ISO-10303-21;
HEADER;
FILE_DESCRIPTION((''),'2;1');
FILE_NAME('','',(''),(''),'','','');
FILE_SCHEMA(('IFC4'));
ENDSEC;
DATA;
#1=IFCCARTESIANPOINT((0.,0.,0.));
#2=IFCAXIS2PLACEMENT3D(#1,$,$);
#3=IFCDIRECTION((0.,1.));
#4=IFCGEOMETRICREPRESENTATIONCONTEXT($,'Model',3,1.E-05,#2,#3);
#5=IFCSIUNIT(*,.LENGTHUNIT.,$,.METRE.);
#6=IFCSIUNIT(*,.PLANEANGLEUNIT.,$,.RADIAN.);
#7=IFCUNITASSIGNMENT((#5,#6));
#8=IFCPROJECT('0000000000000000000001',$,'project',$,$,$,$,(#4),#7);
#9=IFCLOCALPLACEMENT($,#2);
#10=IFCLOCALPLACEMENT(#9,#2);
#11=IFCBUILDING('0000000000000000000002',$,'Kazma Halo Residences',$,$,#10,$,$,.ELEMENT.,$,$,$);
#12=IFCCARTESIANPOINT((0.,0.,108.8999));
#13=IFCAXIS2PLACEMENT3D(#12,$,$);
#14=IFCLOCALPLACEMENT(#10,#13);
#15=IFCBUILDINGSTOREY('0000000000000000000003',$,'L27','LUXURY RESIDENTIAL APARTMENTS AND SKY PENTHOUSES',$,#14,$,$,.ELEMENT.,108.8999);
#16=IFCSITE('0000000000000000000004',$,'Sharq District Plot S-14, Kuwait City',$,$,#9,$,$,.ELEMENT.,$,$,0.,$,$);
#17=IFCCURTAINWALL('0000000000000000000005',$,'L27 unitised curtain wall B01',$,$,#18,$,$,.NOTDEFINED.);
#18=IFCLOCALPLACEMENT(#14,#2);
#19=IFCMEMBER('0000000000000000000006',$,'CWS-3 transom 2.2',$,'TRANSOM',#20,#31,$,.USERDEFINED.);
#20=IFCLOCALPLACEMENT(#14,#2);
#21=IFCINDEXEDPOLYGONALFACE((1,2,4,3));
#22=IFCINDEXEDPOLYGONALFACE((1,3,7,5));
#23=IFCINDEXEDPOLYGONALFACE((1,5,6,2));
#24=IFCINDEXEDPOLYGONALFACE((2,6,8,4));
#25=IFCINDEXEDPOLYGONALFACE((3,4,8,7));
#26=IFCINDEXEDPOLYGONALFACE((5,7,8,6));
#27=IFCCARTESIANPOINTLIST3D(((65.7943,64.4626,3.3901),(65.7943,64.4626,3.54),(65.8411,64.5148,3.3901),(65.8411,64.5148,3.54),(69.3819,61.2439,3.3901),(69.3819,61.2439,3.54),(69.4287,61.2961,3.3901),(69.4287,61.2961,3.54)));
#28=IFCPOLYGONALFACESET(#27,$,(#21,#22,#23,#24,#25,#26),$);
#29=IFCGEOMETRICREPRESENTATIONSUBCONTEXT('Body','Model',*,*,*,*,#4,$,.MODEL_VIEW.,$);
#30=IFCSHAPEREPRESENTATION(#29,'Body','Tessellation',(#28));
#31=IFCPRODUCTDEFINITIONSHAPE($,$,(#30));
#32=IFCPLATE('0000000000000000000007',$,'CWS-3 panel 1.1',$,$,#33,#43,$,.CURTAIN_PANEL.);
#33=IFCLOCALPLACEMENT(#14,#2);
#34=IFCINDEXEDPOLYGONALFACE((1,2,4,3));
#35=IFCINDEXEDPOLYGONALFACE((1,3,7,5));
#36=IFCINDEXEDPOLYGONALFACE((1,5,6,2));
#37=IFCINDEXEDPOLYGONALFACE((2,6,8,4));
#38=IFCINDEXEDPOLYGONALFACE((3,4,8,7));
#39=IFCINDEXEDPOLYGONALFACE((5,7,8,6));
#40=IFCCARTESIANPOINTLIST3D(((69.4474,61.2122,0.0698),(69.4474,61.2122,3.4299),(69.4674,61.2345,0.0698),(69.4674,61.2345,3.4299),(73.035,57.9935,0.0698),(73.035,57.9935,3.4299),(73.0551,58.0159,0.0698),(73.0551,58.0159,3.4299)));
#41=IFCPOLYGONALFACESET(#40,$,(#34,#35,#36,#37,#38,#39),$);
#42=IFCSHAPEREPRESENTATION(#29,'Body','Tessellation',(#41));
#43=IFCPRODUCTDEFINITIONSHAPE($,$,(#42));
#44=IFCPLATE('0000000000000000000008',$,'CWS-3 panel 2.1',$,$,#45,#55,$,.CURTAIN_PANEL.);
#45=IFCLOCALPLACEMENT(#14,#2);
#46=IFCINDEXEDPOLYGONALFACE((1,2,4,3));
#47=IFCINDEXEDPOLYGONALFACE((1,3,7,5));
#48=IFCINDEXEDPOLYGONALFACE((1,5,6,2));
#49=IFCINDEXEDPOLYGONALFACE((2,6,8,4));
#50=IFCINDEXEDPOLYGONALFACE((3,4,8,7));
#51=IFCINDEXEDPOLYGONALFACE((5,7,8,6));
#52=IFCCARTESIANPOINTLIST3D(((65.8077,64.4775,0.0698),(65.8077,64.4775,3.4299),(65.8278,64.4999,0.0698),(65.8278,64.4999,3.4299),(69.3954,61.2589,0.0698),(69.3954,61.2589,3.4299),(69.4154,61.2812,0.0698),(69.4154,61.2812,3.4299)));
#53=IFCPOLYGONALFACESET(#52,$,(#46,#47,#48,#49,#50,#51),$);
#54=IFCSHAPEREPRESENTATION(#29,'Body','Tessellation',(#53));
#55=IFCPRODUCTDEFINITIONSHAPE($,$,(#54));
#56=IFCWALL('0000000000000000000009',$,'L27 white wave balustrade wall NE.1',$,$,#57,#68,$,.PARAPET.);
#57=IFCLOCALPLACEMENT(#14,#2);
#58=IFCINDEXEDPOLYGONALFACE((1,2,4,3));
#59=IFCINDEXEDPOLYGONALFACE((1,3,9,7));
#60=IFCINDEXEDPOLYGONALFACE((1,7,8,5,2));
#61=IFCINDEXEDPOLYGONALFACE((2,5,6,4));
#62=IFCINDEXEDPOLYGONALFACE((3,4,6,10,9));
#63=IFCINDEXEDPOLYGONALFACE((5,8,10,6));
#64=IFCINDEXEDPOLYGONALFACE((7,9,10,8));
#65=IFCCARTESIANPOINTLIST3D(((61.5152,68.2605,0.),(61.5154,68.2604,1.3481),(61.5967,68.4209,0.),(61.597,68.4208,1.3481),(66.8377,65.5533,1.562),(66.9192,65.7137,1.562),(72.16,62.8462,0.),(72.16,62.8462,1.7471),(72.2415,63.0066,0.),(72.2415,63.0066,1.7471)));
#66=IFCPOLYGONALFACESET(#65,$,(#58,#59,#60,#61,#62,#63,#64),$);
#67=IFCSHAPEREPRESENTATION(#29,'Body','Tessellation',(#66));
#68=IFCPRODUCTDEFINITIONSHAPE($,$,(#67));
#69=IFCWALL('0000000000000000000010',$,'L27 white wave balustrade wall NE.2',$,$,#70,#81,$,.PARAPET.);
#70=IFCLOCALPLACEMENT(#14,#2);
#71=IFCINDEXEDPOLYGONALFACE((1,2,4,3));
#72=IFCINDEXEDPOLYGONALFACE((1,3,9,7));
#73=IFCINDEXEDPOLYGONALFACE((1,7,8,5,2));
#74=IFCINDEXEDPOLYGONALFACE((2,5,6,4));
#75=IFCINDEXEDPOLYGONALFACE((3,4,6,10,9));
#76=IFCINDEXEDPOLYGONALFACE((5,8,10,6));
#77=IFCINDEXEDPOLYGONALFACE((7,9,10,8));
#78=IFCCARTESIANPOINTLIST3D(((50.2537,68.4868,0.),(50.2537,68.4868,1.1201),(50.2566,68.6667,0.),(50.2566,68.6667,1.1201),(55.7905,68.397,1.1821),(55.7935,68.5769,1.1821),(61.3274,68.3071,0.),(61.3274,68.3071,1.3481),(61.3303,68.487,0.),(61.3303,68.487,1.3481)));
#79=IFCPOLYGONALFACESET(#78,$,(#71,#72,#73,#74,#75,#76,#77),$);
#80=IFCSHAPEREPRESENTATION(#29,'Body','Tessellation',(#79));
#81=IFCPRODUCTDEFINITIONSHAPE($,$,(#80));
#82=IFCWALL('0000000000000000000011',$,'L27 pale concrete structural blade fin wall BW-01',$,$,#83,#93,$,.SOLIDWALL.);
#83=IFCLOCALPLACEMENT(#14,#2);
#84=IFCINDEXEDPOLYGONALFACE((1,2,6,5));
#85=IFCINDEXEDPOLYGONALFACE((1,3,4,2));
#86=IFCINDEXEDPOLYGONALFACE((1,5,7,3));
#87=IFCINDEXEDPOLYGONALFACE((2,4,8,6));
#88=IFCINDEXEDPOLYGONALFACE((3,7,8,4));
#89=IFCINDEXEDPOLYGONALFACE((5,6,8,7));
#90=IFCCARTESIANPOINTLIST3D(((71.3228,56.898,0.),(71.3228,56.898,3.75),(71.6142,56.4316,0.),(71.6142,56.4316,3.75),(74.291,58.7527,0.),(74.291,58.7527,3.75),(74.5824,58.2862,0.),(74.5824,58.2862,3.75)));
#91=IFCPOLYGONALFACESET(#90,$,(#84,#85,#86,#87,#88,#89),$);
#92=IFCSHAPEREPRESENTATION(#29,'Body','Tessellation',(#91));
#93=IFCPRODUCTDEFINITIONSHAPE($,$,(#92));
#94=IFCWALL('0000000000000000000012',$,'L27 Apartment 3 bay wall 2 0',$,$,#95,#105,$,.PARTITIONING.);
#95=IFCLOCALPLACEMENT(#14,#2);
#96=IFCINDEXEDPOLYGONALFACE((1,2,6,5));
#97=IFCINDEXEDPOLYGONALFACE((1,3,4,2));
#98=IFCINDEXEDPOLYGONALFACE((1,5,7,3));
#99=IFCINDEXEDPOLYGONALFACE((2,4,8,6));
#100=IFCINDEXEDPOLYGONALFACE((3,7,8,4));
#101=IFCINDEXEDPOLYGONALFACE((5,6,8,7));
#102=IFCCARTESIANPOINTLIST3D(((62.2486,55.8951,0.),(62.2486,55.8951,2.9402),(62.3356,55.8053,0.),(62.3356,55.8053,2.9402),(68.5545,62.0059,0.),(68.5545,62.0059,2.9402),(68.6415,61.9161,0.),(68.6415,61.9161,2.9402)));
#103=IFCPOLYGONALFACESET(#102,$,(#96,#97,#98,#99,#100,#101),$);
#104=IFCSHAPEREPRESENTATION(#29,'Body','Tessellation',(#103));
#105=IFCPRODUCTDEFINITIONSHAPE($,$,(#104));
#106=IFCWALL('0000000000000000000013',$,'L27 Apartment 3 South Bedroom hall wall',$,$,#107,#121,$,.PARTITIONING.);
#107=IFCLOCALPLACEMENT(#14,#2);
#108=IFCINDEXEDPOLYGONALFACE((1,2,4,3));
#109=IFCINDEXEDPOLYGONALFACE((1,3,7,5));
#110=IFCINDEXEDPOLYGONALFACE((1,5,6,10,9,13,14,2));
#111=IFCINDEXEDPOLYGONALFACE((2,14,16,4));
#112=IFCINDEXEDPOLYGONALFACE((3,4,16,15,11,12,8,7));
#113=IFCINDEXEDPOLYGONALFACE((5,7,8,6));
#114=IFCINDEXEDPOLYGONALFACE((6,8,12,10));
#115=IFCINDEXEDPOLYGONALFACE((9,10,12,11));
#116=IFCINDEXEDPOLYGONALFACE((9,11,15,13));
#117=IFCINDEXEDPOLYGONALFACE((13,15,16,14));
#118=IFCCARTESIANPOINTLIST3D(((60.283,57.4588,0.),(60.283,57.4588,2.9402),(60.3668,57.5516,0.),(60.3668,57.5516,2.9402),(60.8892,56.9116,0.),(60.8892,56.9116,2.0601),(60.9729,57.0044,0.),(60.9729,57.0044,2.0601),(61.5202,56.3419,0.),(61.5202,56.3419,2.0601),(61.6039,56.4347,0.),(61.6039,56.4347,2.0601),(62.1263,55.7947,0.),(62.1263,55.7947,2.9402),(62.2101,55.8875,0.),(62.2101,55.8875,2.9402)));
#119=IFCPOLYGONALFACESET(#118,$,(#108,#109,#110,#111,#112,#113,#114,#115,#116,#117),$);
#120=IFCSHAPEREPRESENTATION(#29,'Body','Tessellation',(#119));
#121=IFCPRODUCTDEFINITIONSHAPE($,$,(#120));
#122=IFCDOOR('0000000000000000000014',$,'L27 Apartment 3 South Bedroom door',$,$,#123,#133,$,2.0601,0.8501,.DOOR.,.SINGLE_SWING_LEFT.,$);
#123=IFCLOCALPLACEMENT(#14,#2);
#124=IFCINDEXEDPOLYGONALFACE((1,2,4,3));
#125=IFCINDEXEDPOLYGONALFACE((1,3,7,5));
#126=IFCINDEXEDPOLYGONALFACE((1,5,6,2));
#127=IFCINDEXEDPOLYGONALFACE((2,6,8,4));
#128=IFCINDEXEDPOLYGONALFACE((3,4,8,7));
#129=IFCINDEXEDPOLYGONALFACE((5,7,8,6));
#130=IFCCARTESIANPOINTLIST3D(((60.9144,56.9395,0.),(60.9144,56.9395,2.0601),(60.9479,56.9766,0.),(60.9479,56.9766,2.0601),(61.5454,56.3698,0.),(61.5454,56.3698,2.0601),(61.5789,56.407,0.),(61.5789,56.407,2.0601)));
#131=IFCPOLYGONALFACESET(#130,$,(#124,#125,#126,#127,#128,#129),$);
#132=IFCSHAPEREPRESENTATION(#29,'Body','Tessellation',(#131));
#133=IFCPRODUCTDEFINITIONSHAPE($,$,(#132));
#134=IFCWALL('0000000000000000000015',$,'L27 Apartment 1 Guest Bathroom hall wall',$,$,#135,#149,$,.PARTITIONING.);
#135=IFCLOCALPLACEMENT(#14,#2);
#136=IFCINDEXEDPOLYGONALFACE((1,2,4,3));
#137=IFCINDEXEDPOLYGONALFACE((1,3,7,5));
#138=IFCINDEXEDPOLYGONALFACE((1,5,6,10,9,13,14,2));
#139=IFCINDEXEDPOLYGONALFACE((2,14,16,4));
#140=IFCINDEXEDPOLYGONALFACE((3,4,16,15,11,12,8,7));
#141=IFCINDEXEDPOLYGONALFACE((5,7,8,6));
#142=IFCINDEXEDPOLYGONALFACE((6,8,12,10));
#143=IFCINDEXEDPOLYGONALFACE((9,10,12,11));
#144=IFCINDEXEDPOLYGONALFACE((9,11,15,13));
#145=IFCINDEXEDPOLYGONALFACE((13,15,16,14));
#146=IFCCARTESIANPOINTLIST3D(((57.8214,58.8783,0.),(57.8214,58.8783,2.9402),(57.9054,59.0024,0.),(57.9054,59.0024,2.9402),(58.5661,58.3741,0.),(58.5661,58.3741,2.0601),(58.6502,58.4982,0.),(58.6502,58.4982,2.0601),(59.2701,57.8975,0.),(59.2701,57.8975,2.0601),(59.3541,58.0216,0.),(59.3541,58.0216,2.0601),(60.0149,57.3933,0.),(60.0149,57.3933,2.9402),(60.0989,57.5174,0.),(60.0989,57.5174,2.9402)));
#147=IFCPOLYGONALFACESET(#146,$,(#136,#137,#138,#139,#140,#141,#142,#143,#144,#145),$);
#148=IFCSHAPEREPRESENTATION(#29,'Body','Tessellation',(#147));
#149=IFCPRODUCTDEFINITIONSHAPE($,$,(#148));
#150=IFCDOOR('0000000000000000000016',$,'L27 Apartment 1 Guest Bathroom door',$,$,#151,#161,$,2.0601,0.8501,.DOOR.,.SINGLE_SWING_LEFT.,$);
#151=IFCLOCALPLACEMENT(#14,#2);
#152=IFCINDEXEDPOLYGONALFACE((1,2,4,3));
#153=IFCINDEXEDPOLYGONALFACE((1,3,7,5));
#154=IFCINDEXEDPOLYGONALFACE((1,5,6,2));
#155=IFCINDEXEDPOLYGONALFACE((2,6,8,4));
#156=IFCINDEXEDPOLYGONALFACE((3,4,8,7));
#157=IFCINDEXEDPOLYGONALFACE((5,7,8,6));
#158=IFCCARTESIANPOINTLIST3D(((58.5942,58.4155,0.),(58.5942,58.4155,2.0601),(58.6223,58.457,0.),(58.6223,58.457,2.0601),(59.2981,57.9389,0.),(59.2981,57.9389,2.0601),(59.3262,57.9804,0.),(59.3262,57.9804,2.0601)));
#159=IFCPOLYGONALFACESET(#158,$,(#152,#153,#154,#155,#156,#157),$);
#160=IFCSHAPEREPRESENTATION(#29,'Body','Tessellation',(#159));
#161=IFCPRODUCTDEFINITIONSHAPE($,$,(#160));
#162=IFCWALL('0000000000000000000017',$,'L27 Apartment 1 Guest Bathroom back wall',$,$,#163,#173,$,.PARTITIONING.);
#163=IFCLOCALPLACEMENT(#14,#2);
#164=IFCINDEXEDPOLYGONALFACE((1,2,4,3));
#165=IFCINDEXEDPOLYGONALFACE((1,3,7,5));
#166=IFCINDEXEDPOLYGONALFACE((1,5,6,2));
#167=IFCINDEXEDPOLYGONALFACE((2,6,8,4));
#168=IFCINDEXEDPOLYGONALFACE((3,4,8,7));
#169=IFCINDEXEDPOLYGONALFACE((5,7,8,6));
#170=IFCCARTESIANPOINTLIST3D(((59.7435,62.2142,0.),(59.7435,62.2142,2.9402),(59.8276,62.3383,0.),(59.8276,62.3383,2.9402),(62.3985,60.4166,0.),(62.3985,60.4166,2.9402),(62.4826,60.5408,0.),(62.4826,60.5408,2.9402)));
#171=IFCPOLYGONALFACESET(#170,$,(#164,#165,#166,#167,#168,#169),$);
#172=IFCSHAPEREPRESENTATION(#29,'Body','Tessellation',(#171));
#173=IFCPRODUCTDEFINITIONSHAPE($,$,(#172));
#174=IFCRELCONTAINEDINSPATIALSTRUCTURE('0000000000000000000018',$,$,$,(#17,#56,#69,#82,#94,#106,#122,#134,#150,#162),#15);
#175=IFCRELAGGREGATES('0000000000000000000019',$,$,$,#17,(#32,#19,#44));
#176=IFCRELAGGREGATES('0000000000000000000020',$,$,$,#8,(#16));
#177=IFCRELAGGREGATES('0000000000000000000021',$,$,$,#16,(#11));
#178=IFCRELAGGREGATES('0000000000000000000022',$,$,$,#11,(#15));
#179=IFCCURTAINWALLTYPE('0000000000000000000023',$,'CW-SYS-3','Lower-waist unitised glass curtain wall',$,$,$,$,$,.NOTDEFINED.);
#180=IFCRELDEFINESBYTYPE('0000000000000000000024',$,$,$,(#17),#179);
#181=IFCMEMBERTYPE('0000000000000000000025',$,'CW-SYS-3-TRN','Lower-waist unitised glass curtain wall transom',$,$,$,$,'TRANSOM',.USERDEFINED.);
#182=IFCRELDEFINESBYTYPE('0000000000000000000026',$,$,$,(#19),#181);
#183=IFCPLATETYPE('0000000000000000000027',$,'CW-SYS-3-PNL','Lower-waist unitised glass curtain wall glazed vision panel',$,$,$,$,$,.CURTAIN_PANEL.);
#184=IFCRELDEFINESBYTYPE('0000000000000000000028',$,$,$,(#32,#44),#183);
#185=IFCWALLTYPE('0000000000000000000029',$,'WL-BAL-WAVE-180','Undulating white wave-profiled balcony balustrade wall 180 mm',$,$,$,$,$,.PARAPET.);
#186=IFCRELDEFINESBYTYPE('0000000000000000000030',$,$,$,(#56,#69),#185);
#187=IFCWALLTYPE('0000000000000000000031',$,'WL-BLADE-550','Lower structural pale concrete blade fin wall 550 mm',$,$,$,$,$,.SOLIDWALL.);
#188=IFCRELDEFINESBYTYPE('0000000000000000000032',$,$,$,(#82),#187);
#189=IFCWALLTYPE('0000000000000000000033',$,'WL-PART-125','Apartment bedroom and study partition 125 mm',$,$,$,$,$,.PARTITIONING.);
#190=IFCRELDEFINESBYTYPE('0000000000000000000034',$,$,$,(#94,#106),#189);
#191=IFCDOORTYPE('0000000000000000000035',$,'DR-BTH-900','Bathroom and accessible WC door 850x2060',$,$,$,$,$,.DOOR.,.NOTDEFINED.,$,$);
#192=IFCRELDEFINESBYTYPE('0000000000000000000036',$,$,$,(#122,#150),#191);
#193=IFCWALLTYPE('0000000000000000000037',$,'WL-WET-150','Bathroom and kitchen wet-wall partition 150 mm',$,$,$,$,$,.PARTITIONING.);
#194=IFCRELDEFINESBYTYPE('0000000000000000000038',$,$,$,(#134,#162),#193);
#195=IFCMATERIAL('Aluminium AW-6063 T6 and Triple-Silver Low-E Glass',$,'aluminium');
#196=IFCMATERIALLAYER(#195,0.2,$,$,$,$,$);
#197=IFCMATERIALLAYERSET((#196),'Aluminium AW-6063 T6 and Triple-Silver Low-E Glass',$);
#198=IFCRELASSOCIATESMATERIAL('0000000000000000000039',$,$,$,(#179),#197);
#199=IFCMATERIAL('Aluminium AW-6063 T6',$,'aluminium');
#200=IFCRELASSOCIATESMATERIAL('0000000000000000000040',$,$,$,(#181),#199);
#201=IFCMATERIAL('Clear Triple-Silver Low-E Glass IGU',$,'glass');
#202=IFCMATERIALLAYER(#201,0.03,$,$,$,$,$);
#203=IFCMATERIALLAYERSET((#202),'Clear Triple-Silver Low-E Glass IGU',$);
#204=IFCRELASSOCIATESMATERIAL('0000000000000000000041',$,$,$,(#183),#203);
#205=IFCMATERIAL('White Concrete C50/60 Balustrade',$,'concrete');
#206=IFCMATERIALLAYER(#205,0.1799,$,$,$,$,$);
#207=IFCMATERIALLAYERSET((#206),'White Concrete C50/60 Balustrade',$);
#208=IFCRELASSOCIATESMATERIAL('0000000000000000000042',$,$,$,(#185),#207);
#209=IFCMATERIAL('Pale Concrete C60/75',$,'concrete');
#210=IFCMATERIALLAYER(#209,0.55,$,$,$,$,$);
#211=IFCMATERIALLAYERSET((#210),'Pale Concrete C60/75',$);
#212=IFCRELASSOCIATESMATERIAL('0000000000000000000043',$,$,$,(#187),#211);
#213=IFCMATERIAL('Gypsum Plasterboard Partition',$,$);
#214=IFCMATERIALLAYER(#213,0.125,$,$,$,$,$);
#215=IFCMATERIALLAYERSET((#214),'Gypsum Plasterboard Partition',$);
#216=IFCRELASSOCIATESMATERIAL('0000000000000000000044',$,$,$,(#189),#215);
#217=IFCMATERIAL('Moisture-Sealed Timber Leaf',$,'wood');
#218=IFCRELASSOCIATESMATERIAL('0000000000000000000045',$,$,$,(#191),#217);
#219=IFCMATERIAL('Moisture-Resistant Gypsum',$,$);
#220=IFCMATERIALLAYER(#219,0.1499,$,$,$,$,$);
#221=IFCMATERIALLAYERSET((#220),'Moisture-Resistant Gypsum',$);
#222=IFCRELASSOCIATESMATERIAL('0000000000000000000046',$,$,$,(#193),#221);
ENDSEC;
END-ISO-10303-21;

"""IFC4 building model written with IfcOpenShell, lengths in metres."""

from ifc_helpers import new_model, si_unit, direction, frame, frame_2d, origin, origin_2d, place, context, subcontext, project, spatial, polyline, rectangle, outline, extrude, material, layer, layer_set, material_profile, profile_set, type_object, element, fill, aggregate, save


model = new_model("IFC4")

# Units and contexts
model_context = context("Model", 3, precision=1e-05, world=origin(), true_north=direction((0.0, 1.0)))
body_context = subcontext(model_context, "Body", "Model", "MODEL_VIEW")
ifc_project = project(units=[si_unit("LENGTHUNIT", "METRE"), si_unit("PLANEANGLEUNIT", "RADIAN")], contexts=[model_context])

# Site, building, storey
site_placement = place(None, origin())
site = spatial("IfcSite", under=ifc_project, at=site_placement, Name="Sharq District Plot S-14, Kuwait City", CompositionType="ELEMENT", RefElevation=0.0)
building_placement = place(site_placement, origin())
building = spatial("IfcBuilding", under=site, at=building_placement, Name="Kazma Halo Residences", CompositionType="ELEMENT")
storey_placement = place(building_placement, frame((0.0, 0.0, 108.8999)))
storey = spatial("IfcBuildingStorey", under=building, at=storey_placement, Name="L27", Description="LUXURY RESIDENTIAL APARTMENTS AND SKY PENTHOUSES", CompositionType="ELEMENT", Elevation=108.8999)

# Curtain wall
ifc_material_1 = material(Name="Aluminium AW-6063 T6 and Triple-Silver Low-E Glass", Category="aluminium")
ifc_layer_1 = layer(ifc_material_1, 0.2)
ifc_layer_set_1 = layer_set([ifc_layer_1], Name="Aluminium AW-6063 T6 and Triple-Silver Low-E Glass")
curtain_wall_type = type_object("IfcCurtainWallType", Name="CW-SYS-3", Description="Lower-waist unitised glass curtain wall", PredefinedType="NOTDEFINED", material=ifc_layer_set_1)
curtain_wall_1_placement = place(storey_placement, origin())
curtain_wall_1 = element("IfcCurtainWall", 1, at=curtain_wall_1_placement, inside=storey, type_object=curtain_wall_type, Name="L27 unitised curtain wall B01", PredefinedType="NOTDEFINED")
ifc_material_2 = material(Name="Aluminium AW-6063 T6", Category="aluminium")

# Member
ifc_material_profile_1 = material_profile(ifc_material_2, rectangle(XDim=0.0701, YDim=0.1499, at=origin_2d()), Name="CWT-70x150")
ifc_profile_set_1 = profile_set([ifc_material_profile_1], Name="Aluminium AW-6063 T6")
member_type_1 = type_object("IfcMemberType", Name="CW-SYS-3-TRN", Description="Lower-waist unitised glass curtain wall transom", ElementType="TRANSOM", PredefinedType="USERDEFINED", material=ifc_profile_set_1)
member_1_placement = place(storey_placement, frame((69.4053, 61.27, 3.4651), z_axis=(-0.744338, 0.667803, 0.0), x_axis=(-0.667803, -0.744338, 0.0)))
member_1 = element("IfcMember", 2, at=member_1_placement, type_object=member_type_1, Name="CWS-3 transom 2.2", ObjectType="TRANSOM", PredefinedType="USERDEFINED", context=body_context, shape_type="SweptSolid", body=[
    extrude(rectangle(XDim=0.0701, YDim=0.1499, at=origin_2d()), origin(), (0.0, 0.0, 1.0), 4.8198),
])

# Plates
ifc_material_3 = material(Name="Clear Triple-Silver Low-E Glass IGU", Category="glass")
ifc_layer_2 = layer(ifc_material_3, 0.03)
ifc_layer_set_2 = layer_set([ifc_layer_2], Name="Clear Triple-Silver Low-E Glass IGU")
plate_type = type_object("IfcPlateType", Name="CW-SYS-3-PNL", Description="Lower-waist unitised glass curtain wall glazed vision panel", PredefinedType="CURTAIN_PANEL", material=ifc_layer_set_2)
plate_1_placement = place(storey_placement, frame((71.2512, 59.614, 0.0698), z_axis=(0.0, 0.0, 1.0), x_axis=(-0.744345, 0.667795, 0.0)))
plate_1 = element("IfcPlate", 3, at=plate_1_placement, type_object=plate_type, Name="CWS-3 panel 1.1", PredefinedType="CURTAIN_PANEL", context=body_context, shape_type="SweptSolid", body=[
    extrude(rectangle(XDim=4.8198, YDim=0.03, at=origin_2d()), origin(), (0.0, 0.0, 1.0), 3.3601),
])
plate_2_placement = place(storey_placement, frame((67.6116, 62.8794, 0.0698), z_axis=(0.0, 0.0, 1.0), x_axis=(-0.744345, 0.667795, 0.0)))
plate_2 = element("IfcPlate", 4, at=plate_2_placement, type_object=plate_type, Name="CWS-3 panel 2.1", PredefinedType="CURTAIN_PANEL", context=body_context, shape_type="SweptSolid", body=[
    extrude(rectangle(XDim=4.8198, YDim=0.03, at=origin_2d()), origin(), (0.0, 0.0, 1.0), 3.3601),
])
aggregate(curtain_wall_1, [plate_1, member_1, plate_2])

# Walls
ifc_material_4 = material(Name="White Concrete C50/60 Balustrade", Category="concrete")
ifc_layer_3 = layer(ifc_material_4, 0.1799)
ifc_layer_set_3 = layer_set([ifc_layer_3], Name="White Concrete C50/60 Balustrade")
wall_type_1 = type_object("IfcWallType", Name="WL-BAL-WAVE-180", Description="Undulating white wave-profiled balcony balustrade wall 180 mm", PredefinedType="PARAPET", material=ifc_layer_set_3)
wall_1_placement = place(storey_placement, frame((72.2007, 62.9263, 0.0), z_axis=(0.0, 0.0, 1.0), x_axis=(-0.891327, 0.45336, 0.0)))
element("IfcWall", 5, at=wall_1_placement, inside=storey, type_object=wall_type_1, Name="L27 white wave balustrade wall NE.1", PredefinedType="PARAPET", context=body_context, shape_type="SweptSolid", body=[
    extrude(outline(polyline([(0.0, 0.0), (11.9426, 0.0), (11.9424, 1.3481), (5.9712, 1.562), (0.0, 1.7471), (0.0, 0.0)])), frame((0.0, 0.0898, 0.0), z_axis=(0.0, -1.0, 0.0), x_axis=(1.0, 0.0, 0.0)), (0.0, 0.0, 1.0), 0.1799),
])
wall_2_placement = place(storey_placement, frame((61.3289, 68.397, 0.0), z_axis=(0.0, 0.0, 1.0), x_axis=(-0.999868, 0.016224, 0.0)))
element("IfcWall", 6, at=wall_2_placement, inside=storey, type_object=wall_type_1, Name="L27 white wave balustrade wall NE.2", PredefinedType="PARAPET", context=body_context, shape_type="SweptSolid", body=[
    extrude(outline(polyline([(0.0, 0.0), (11.0752, 0.0), (11.0752, 1.1201), (5.5376, 1.1821), (0.0, 1.3481), (0.0, 0.0)])), frame((0.0, 0.0898, 0.0), z_axis=(0.0, -1.0, 0.0), x_axis=(1.0, 0.0, 0.0)), (0.0, 0.0, 1.0), 0.1799),
])
ifc_material_5 = material(Name="Pale Concrete C60/75", Category="concrete")
ifc_layer_4 = layer(ifc_material_5, 0.55)
ifc_layer_set_4 = layer_set([ifc_layer_4], Name="Pale Concrete C60/75")
wall_type_2 = type_object("IfcWallType", Name="WL-BLADE-550", Description="Lower structural pale concrete blade fin wall 550 mm", PredefinedType="SOLIDWALL", material=ifc_layer_set_4)
wall_3_placement = place(storey_placement, frame((71.4685, 56.6648, 0.0), z_axis=(0.0, 0.0, 1.0), x_axis=(0.848053, 0.529911, 0.0)))
element("IfcWall", 7, at=wall_3_placement, inside=storey, type_object=wall_type_2, Name="L27 pale concrete structural blade fin wall BW-01", PredefinedType="SOLIDWALL", context=body_context, shape_type="SweptSolid", body=[
    extrude(rectangle(XDim=3.5, YDim=0.55, at=frame_2d((1.75, 0.0))), origin(), (0.0, 0.0, 1.0), 3.75),
])

# Wall
ifc_material_6 = material(Name="Gypsum Plasterboard Partition")
ifc_layer_5 = layer(ifc_material_6, 0.125)
ifc_layer_set_5 = layer_set([ifc_layer_5], Name="Gypsum Plasterboard Partition")
wall_type_3 = type_object("IfcWallType", Name="WL-PART-125", Description="Apartment bedroom and study partition 125 mm", PredefinedType="PARTITIONING", material=ifc_layer_set_5)
wall_4_placement = place(storey_placement, frame((62.292, 55.8501, 0.0), z_axis=(0.0, 0.0, 1.0), x_axis=(0.718127, 0.695912, 0.0)))
element("IfcWall", 8, at=wall_4_placement, inside=storey, type_object=wall_type_3, Name="L27 Apartment 3 bay wall 2 0", PredefinedType="PARTITIONING", context=body_context, shape_type="SweptSolid", body=[
    extrude(rectangle(XDim=8.781, YDim=0.125, at=frame_2d((4.3906, 0.0))), origin(), (0.0, 0.0, 1.0), 2.9402),
])

# Walls, openings, doors
wall_5_placement = place(storey_placement, frame((62.1682, 55.8411, 0.0), z_axis=(0.0, 0.0, 1.0), x_axis=(-0.742267, 0.670105, 0.0)))
wall_5 = element("IfcWall", 9, at=wall_5_placement, inside=storey, type_object=wall_type_3, Name="L27 Apartment 3 South Bedroom hall wall", PredefinedType="PARTITIONING", context=body_context, shape_type="SweptSolid", body=[
    extrude(rectangle(XDim=2.4834, YDim=0.125, at=frame_2d((1.2417, 0.0))), origin(), (0.0, 0.0, 1.0), 2.9402),
])
opening_1_placement = place(wall_5_placement, frame((0.8167, 0.0, 0.0)))
opening_1 = element("IfcOpeningElement", 10, at=opening_1_placement, cuts=wall_5, PredefinedType="OPENING", context=body_context, shape_type="SweptSolid", body=[
    extrude(rectangle(XDim=0.8501, YDim=2.0601, at=frame_2d((0.425, 1.03))), frame((0.0, 0.0725, 0.0), z_axis=(0.0, -1.0, 0.0), x_axis=(1.0, 0.0, 0.0)), (0.0, 0.0, 1.0), 0.145),
])
ifc_material_7 = material(Name="Moisture-Sealed Timber Leaf", Category="wood")
door_type_1 = type_object("IfcDoorType", Name="DR-BTH-900", Description="Bathroom and accessible WC door 850x2060", OperationType="NOTDEFINED", PredefinedType="DOOR", material=ifc_material_7)
door_1_placement = place(opening_1_placement, origin())
door_1 = element("IfcDoor", 11, at=door_1_placement, inside=storey, type_object=door_type_1, Name="L27 Apartment 3 South Bedroom door", OperationType="SINGLE_SWING_LEFT", OverallHeight=2.0601, OverallWidth=0.8501, PredefinedType="DOOR", context=body_context, shape_type="SweptSolid", body=[
    extrude(rectangle(XDim=0.8501, YDim=2.0601, at=frame_2d((0.425, 1.03))), frame((0.0, 0.0249, 0.0), z_axis=(0.0, -1.0, 0.0), x_axis=(1.0, 0.0, 0.0)), (0.0, 0.0, 1.0), 0.05),
])
fill(opening_1, door_1)
ifc_material_8 = material(Name="Moisture-Resistant Gypsum")
ifc_layer_6 = layer(ifc_material_8, 0.1499)
ifc_layer_set_6 = layer_set([ifc_layer_6], Name="Moisture-Resistant Gypsum")
wall_type_4 = type_object("IfcWallType", Name="WL-WET-150", Description="Bathroom and kitchen wet-wall partition 150 mm", PredefinedType="PARTITIONING", material=ifc_layer_set_6)
wall_6_placement = place(storey_placement, frame((60.0569, 57.4553, 0.0), z_axis=(0.0, 0.0, 1.0), x_axis=(-0.828073, 0.56062, 0.0)))
wall_6 = element("IfcWall", 12, at=wall_6_placement, inside=storey, type_object=wall_type_4, Name="L27 Apartment 1 Guest Bathroom hall wall", PredefinedType="PARTITIONING", context=body_context, shape_type="SweptSolid", body=[
    extrude(rectangle(XDim=2.6489, YDim=0.1499, at=frame_2d((1.3245, 0.0))), origin(), (0.0, 0.0, 1.0), 2.9402),
])
opening_2_placement = place(wall_6_placement, frame((0.8994, 0.0, 0.0)))
opening_2 = element("IfcOpeningElement", 13, at=opening_2_placement, cuts=wall_6, PredefinedType="OPENING", context=body_context, shape_type="SweptSolid", body=[
    extrude(rectangle(XDim=0.8501, YDim=2.0601, at=frame_2d((0.425, 1.03))), frame((0.0, 0.085, 0.0), z_axis=(0.0, -1.0, 0.0), x_axis=(1.0, 0.0, 0.0)), (0.0, 0.0, 1.0), 0.1699),
])
door_2_placement = place(opening_2_placement, origin())
door_2 = element("IfcDoor", 14, at=door_2_placement, inside=storey, type_object=door_type_1, Name="L27 Apartment 1 Guest Bathroom door", OperationType="SINGLE_SWING_LEFT", OverallHeight=2.0601, OverallWidth=0.8501, PredefinedType="DOOR", context=body_context, shape_type="SweptSolid", body=[
    extrude(rectangle(XDim=0.8501, YDim=2.0601, at=frame_2d((0.425, 1.03))), frame((0.0, 0.0249, 0.0), z_axis=(0.0, -1.0, 0.0), x_axis=(1.0, 0.0, 0.0)), (0.0, 0.0, 1.0), 0.05),
])
fill(opening_2, door_2)

# Wall
wall_7_placement = place(storey_placement, frame((62.4404, 60.4788, 0.0), z_axis=(0.0, 0.0, 1.0), x_axis=(-0.828058, 0.560643, 0.0)))
element("IfcWall", 15, at=wall_7_placement, inside=storey, type_object=wall_type_4, Name="L27 Apartment 1 Guest Bathroom back wall", PredefinedType="PARTITIONING", context=body_context, shape_type="SweptSolid", body=[
    extrude(rectangle(XDim=3.2063, YDim=0.1499, at=frame_2d((1.603, 0.0))), origin(), (0.0, 0.0, 1.0), 2.9402),
])

save(model, "model.ifc")
